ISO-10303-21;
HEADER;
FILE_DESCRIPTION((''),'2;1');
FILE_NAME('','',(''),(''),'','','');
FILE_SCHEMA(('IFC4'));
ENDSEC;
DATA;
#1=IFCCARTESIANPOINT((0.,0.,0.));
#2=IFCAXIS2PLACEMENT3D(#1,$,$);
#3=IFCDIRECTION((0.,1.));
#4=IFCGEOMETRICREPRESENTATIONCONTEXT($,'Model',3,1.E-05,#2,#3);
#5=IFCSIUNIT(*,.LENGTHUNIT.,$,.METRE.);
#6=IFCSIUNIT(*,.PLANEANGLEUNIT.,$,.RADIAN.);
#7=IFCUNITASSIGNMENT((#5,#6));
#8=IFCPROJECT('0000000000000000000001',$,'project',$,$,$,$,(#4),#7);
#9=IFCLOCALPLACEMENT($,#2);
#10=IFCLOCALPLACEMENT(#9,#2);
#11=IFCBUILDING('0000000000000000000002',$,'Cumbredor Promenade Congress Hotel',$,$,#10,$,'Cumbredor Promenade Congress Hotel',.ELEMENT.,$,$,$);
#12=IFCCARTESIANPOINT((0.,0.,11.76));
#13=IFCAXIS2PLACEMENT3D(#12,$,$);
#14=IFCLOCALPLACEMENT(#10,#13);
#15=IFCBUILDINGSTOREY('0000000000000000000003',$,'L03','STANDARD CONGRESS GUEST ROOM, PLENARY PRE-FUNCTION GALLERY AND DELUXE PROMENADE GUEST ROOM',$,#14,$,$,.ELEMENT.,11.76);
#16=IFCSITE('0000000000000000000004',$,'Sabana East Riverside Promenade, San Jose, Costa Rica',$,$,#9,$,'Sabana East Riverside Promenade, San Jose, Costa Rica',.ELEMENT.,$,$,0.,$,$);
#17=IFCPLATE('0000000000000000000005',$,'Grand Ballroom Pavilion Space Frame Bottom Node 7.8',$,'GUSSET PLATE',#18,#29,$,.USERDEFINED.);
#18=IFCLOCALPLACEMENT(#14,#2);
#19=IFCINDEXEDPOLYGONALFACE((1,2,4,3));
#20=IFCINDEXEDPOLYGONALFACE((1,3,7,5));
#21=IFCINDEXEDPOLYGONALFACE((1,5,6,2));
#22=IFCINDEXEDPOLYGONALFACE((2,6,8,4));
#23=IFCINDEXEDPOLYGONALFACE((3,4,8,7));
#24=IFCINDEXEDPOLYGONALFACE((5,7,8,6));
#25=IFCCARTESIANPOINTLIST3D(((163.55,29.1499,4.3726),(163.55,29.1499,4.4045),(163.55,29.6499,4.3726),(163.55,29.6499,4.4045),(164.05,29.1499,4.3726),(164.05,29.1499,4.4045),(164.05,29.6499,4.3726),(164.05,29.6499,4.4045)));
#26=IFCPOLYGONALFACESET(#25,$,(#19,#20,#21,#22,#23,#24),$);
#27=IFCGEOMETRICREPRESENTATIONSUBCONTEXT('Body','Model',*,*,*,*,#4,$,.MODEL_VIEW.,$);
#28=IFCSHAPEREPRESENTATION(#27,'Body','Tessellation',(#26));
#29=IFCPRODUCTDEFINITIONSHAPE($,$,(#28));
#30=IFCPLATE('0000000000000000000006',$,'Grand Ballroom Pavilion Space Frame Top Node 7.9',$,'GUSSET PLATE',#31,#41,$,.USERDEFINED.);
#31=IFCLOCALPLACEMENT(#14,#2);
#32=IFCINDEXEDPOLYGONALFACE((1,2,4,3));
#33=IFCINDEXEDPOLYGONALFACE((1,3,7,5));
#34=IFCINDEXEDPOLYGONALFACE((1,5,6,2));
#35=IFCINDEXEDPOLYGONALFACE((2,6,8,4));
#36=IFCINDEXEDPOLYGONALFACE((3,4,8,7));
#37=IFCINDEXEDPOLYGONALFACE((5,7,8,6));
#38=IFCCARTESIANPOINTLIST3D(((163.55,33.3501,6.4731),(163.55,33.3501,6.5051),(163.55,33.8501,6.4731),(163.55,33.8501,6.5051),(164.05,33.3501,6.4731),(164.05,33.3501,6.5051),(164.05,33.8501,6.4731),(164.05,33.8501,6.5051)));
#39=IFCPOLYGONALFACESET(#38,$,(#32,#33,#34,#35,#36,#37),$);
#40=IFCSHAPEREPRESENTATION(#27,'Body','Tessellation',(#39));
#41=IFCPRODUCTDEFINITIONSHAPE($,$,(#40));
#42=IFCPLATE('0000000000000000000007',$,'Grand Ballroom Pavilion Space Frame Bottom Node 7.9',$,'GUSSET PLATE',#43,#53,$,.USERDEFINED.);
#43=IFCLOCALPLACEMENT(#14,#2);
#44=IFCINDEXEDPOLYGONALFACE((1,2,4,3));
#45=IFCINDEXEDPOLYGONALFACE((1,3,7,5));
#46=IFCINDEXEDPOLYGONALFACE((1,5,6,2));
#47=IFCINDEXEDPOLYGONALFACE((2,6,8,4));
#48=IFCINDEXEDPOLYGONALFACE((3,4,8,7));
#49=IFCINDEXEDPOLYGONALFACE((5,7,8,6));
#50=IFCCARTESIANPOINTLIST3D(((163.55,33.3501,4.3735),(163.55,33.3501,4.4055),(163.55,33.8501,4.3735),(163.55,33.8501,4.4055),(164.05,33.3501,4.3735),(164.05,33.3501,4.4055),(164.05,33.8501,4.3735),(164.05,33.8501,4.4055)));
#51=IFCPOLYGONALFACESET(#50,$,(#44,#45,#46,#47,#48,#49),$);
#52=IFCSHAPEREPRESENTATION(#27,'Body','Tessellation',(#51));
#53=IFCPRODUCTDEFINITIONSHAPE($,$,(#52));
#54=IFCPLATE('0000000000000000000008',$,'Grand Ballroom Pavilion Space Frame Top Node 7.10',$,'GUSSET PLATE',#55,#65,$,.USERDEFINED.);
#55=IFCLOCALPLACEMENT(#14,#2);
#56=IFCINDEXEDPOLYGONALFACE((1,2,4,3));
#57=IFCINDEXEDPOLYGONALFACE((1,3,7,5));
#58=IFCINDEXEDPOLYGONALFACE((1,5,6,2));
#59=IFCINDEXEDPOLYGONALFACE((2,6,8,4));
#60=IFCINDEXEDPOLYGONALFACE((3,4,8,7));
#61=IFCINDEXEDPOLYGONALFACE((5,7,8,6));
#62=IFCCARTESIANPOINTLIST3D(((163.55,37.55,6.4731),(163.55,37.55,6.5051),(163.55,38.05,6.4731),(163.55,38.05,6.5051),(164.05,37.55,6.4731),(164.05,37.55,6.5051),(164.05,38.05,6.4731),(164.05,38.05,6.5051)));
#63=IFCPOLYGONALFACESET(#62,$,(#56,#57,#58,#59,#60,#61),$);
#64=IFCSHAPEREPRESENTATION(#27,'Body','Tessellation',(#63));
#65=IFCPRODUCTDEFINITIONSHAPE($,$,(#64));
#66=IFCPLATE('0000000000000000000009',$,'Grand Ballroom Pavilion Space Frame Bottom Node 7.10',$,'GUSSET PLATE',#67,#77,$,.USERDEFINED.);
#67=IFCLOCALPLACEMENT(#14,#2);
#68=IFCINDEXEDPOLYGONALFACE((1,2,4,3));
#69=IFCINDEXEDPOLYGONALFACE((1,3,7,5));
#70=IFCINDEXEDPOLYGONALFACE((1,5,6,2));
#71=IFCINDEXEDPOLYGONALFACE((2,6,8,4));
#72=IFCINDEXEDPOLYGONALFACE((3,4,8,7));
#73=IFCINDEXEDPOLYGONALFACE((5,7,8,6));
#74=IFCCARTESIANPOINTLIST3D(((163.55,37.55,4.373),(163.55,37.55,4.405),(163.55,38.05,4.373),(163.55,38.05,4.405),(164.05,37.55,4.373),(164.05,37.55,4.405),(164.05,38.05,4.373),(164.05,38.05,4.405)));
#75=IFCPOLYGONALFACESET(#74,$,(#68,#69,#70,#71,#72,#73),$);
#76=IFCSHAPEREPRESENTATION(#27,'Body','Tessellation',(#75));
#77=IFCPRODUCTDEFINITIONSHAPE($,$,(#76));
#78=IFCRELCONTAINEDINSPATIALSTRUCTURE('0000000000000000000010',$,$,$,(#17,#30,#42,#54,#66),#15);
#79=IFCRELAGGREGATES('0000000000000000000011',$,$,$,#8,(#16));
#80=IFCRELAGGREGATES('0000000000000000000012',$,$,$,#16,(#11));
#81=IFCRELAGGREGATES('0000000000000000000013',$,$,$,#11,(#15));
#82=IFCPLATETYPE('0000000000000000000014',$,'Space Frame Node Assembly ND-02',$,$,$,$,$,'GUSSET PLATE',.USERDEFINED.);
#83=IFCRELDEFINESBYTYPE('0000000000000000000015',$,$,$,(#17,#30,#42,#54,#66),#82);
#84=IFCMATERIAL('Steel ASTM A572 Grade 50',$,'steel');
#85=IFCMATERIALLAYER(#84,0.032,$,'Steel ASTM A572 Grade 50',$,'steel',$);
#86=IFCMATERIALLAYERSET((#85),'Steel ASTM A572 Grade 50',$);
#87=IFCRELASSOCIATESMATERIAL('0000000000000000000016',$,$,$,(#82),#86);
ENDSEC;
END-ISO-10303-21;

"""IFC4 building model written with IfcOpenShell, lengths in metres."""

from ifc_helpers import new_model, si_unit, direction, frame, origin, origin_2d, place, context, subcontext, project, spatial, rectangle, extrude, material, layer, layer_set, type_object, element, save


model = new_model("IFC4")

# Units and contexts
model_context = context("Model", 3, precision=1e-05, world=origin(), true_north=direction((0.0, 1.0)))
body_context = subcontext(model_context, "Body", "Model", "MODEL_VIEW")
ifc_project = project(units=[si_unit("LENGTHUNIT", "METRE"), si_unit("PLANEANGLEUNIT", "RADIAN")], contexts=[model_context])

# Site, building, storey
site_placement = place(None, origin())
site = spatial("IfcSite", under=ifc_project, at=site_placement, Name="Sabana East Riverside Promenade, San Jose, Costa Rica", LongName="Sabana East Riverside Promenade, San Jose, Costa Rica", CompositionType="ELEMENT", RefElevation=0.0)
building_placement = place(site_placement, origin())
building = spatial("IfcBuilding", under=site, at=building_placement, Name="Cumbredor Promenade Congress Hotel", LongName="Cumbredor Promenade Congress Hotel", CompositionType="ELEMENT")
storey_placement = place(building_placement, frame((0.0, 0.0, 11.76)))
storey = spatial("IfcBuildingStorey", under=building, at=storey_placement, Name="L03", Description="STANDARD CONGRESS GUEST ROOM, PLENARY PRE-FUNCTION GALLERY AND DELUXE PROMENADE GUEST ROOM", CompositionType="ELEMENT", Elevation=11.76)

# Plates
ifc_material_1 = material(Name="Steel ASTM A572 Grade 50", Category="steel")
ifc_layer = layer(ifc_material_1, 0.032, Name="Steel ASTM A572 Grade 50", Category="steel")
ifc_layer_set = layer_set([ifc_layer], Name="Steel ASTM A572 Grade 50")
plate_type = type_object("IfcPlateType", Name="Space Frame Node Assembly ND-02", ElementType="GUSSET PLATE", PredefinedType="USERDEFINED", material=ifc_layer_set)
for number, where, z_axis, x_axis, name in (
    (1, (163.8, 29.3999, 4.3726), (0.0, 0.0, 1.0), (1.0, 0.0, 0.0), "Grand Ballroom Pavilion Space Frame Bottom Node 7.8"),
    (2, (163.8, 33.6001, 6.4731), (0.0, 0.0, 1.0), (1.0, 0.0, 0.0), "Grand Ballroom Pavilion Space Frame Top Node 7.9"),
    (3, (163.8, 33.6001, 4.3735), (0.0, 0.0, 1.0), (1.0, 0.0, 0.0), "Grand Ballroom Pavilion Space Frame Bottom Node 7.9"),
    (4, (163.8, 37.8, 6.4731), (0.0, 0.0, 1.0), (1.0, 0.0, 0.0), "Grand Ballroom Pavilion Space Frame Top Node 7.10"),
    (5, (163.8, 37.8, 4.373), (0.0, 0.0, 1.0), (1.0, 0.0, 0.0), "Grand Ballroom Pavilion Space Frame Bottom Node 7.10"),
):
    element("IfcPlate", number, at=place(storey_placement, frame(where, z_axis=z_axis, x_axis=x_axis)), inside=storey, type_object=plate_type, Name=name, ObjectType="GUSSET PLATE", PredefinedType="USERDEFINED", context=body_context, shape_type="SweptSolid", body=[
        extrude(rectangle(XDim=0.5, YDim=0.5, at=origin_2d()), origin(), (0.0, 0.0, 1.0), 0.032),
    ])

save(model, "model.ifc")
